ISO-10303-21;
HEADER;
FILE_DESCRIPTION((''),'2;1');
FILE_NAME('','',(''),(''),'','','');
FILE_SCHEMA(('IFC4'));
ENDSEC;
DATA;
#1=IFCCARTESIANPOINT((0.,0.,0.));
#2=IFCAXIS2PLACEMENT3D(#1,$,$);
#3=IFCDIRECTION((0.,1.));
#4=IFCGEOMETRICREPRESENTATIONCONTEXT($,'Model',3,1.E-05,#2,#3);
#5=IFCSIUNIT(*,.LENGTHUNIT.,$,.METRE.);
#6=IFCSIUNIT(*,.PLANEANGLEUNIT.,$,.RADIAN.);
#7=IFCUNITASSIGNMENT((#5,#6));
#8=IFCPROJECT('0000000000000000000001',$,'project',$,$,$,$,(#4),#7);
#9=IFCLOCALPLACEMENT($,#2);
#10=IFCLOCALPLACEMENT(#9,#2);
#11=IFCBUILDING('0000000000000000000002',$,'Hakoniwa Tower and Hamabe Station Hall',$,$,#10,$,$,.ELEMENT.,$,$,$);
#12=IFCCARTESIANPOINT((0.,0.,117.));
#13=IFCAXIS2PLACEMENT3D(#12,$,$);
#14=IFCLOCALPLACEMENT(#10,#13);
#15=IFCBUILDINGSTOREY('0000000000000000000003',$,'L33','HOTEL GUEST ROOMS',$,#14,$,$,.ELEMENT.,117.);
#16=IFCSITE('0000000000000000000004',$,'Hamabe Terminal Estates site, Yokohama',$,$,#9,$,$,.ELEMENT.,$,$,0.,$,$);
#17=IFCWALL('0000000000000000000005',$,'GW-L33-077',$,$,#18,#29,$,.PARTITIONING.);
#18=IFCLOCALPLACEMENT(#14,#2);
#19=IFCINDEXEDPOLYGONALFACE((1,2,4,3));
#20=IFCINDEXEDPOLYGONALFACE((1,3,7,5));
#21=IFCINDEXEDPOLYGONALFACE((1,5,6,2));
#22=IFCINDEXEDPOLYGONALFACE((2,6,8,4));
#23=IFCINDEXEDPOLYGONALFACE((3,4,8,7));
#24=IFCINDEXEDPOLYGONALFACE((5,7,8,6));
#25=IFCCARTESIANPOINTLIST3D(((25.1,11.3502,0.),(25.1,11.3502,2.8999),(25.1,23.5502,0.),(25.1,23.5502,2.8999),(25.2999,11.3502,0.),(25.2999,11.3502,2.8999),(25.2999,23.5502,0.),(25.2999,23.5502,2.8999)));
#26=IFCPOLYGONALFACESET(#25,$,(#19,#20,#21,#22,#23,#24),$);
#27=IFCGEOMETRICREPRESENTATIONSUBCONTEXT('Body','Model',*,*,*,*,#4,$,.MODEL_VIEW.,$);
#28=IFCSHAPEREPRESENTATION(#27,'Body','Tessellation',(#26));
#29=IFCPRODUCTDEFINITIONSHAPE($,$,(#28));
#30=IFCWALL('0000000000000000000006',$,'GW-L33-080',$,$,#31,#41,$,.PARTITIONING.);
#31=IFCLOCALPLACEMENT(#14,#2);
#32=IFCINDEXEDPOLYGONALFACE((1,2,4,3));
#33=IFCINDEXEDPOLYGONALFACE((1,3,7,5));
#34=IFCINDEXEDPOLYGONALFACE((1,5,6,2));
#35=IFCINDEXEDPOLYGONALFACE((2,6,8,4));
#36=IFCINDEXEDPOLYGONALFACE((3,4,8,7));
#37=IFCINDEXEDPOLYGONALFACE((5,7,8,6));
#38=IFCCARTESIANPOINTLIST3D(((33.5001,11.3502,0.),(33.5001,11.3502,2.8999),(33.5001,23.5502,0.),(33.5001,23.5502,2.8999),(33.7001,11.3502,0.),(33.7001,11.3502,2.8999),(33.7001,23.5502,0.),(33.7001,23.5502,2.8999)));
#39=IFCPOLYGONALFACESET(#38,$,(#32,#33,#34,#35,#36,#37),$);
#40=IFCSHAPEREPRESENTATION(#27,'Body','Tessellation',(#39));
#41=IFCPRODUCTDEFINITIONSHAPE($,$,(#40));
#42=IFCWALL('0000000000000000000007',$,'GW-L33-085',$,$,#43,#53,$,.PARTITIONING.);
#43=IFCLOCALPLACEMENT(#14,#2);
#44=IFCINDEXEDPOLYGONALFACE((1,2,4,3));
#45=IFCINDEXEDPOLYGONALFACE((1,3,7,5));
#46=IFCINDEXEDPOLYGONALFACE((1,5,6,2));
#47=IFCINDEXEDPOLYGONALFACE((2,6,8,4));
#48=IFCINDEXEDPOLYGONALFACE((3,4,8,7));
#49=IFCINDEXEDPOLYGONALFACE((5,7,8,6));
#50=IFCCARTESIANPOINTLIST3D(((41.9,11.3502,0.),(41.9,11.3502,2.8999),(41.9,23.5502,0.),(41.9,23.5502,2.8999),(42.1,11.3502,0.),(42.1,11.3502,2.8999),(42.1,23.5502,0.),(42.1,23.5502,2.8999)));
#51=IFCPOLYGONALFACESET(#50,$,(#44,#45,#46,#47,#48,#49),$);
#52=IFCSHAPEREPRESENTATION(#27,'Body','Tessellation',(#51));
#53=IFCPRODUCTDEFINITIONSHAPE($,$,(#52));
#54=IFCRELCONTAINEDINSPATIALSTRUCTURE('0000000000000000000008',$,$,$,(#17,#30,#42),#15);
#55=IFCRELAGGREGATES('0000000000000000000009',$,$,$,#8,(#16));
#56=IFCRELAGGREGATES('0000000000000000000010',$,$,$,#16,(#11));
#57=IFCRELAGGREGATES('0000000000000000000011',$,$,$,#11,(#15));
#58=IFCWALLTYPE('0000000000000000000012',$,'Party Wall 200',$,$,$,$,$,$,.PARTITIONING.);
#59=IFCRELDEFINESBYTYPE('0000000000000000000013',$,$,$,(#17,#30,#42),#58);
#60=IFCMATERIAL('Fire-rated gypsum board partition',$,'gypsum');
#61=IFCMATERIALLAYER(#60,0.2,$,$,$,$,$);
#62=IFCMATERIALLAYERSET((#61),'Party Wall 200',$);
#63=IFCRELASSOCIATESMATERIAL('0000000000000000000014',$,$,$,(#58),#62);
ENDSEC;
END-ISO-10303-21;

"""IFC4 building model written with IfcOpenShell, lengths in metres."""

from ifc_helpers import new_model, si_unit, direction, frame, frame_2d, origin, place, context, subcontext, project, spatial, rectangle, extrude, material, layer, layer_set, type_object, element, save


model = new_model("IFC4")

# Units and contexts
model_context = context("Model", 3, precision=1e-05, world=origin(), true_north=direction((0.0, 1.0)))
body_context = subcontext(model_context, "Body", "Model", "MODEL_VIEW")
ifc_project = project(units=[si_unit("LENGTHUNIT", "METRE"), si_unit("PLANEANGLEUNIT", "RADIAN")], contexts=[model_context])

# Site, building, storey
site_placement = place(None, origin())
site = spatial("IfcSite", under=ifc_project, at=site_placement, Name="Hamabe Terminal Estates site, Yokohama", CompositionType="ELEMENT", RefElevation=0.0)
building_placement = place(site_placement, origin())
building = spatial("IfcBuilding", under=site, at=building_placement, Name="Hakoniwa Tower and Hamabe Station Hall", CompositionType="ELEMENT")
storey_placement = place(building_placement, frame((0.0, 0.0, 117.0)))
storey = spatial("IfcBuildingStorey", under=building, at=storey_placement, Name="L33", Description="HOTEL GUEST ROOMS", CompositionType="ELEMENT", Elevation=117.0)

# Walls
ifc_material_1 = material(Name="Fire-rated gypsum board partition", Category="gypsum")
ifc_layer_1 = layer(ifc_material_1, 0.2)
ifc_layer_set_1 = layer_set([ifc_layer_1], Name="Party Wall 200")
wall_type = type_object("IfcWallType", Name="Party Wall 200", PredefinedType="PARTITIONING", material=ifc_layer_set_1)
for number, where, z_axis, x_axis, name in (
    (1, (25.2, 11.3501, 0.0), (0.0, 0.0, 1.0), (0.0, 1.0, 0.0), "GW-L33-077"),
    (2, (33.6001, 11.3501, 0.0), (0.0, 0.0, 1.0), (0.0, 1.0, 0.0), "GW-L33-080"),
    (3, (42.0, 11.3501, 0.0), (0.0, 0.0, 1.0), (0.0, 1.0, 0.0), "GW-L33-085"),
):
    element("IfcWall", number, at=place(storey_placement, frame(where, z_axis=z_axis, x_axis=x_axis)), inside=storey, type_object=wall_type, Name=name, PredefinedType="PARTITIONING", context=body_context, shape_type="SweptSolid", body=[
        extrude(rectangle(XDim=12.2, YDim=0.2, at=frame_2d((6.1001, 0.0))), origin(), (0.0, 0.0, 1.0), 2.8999),
    ])

save(model, "model.ifc")
